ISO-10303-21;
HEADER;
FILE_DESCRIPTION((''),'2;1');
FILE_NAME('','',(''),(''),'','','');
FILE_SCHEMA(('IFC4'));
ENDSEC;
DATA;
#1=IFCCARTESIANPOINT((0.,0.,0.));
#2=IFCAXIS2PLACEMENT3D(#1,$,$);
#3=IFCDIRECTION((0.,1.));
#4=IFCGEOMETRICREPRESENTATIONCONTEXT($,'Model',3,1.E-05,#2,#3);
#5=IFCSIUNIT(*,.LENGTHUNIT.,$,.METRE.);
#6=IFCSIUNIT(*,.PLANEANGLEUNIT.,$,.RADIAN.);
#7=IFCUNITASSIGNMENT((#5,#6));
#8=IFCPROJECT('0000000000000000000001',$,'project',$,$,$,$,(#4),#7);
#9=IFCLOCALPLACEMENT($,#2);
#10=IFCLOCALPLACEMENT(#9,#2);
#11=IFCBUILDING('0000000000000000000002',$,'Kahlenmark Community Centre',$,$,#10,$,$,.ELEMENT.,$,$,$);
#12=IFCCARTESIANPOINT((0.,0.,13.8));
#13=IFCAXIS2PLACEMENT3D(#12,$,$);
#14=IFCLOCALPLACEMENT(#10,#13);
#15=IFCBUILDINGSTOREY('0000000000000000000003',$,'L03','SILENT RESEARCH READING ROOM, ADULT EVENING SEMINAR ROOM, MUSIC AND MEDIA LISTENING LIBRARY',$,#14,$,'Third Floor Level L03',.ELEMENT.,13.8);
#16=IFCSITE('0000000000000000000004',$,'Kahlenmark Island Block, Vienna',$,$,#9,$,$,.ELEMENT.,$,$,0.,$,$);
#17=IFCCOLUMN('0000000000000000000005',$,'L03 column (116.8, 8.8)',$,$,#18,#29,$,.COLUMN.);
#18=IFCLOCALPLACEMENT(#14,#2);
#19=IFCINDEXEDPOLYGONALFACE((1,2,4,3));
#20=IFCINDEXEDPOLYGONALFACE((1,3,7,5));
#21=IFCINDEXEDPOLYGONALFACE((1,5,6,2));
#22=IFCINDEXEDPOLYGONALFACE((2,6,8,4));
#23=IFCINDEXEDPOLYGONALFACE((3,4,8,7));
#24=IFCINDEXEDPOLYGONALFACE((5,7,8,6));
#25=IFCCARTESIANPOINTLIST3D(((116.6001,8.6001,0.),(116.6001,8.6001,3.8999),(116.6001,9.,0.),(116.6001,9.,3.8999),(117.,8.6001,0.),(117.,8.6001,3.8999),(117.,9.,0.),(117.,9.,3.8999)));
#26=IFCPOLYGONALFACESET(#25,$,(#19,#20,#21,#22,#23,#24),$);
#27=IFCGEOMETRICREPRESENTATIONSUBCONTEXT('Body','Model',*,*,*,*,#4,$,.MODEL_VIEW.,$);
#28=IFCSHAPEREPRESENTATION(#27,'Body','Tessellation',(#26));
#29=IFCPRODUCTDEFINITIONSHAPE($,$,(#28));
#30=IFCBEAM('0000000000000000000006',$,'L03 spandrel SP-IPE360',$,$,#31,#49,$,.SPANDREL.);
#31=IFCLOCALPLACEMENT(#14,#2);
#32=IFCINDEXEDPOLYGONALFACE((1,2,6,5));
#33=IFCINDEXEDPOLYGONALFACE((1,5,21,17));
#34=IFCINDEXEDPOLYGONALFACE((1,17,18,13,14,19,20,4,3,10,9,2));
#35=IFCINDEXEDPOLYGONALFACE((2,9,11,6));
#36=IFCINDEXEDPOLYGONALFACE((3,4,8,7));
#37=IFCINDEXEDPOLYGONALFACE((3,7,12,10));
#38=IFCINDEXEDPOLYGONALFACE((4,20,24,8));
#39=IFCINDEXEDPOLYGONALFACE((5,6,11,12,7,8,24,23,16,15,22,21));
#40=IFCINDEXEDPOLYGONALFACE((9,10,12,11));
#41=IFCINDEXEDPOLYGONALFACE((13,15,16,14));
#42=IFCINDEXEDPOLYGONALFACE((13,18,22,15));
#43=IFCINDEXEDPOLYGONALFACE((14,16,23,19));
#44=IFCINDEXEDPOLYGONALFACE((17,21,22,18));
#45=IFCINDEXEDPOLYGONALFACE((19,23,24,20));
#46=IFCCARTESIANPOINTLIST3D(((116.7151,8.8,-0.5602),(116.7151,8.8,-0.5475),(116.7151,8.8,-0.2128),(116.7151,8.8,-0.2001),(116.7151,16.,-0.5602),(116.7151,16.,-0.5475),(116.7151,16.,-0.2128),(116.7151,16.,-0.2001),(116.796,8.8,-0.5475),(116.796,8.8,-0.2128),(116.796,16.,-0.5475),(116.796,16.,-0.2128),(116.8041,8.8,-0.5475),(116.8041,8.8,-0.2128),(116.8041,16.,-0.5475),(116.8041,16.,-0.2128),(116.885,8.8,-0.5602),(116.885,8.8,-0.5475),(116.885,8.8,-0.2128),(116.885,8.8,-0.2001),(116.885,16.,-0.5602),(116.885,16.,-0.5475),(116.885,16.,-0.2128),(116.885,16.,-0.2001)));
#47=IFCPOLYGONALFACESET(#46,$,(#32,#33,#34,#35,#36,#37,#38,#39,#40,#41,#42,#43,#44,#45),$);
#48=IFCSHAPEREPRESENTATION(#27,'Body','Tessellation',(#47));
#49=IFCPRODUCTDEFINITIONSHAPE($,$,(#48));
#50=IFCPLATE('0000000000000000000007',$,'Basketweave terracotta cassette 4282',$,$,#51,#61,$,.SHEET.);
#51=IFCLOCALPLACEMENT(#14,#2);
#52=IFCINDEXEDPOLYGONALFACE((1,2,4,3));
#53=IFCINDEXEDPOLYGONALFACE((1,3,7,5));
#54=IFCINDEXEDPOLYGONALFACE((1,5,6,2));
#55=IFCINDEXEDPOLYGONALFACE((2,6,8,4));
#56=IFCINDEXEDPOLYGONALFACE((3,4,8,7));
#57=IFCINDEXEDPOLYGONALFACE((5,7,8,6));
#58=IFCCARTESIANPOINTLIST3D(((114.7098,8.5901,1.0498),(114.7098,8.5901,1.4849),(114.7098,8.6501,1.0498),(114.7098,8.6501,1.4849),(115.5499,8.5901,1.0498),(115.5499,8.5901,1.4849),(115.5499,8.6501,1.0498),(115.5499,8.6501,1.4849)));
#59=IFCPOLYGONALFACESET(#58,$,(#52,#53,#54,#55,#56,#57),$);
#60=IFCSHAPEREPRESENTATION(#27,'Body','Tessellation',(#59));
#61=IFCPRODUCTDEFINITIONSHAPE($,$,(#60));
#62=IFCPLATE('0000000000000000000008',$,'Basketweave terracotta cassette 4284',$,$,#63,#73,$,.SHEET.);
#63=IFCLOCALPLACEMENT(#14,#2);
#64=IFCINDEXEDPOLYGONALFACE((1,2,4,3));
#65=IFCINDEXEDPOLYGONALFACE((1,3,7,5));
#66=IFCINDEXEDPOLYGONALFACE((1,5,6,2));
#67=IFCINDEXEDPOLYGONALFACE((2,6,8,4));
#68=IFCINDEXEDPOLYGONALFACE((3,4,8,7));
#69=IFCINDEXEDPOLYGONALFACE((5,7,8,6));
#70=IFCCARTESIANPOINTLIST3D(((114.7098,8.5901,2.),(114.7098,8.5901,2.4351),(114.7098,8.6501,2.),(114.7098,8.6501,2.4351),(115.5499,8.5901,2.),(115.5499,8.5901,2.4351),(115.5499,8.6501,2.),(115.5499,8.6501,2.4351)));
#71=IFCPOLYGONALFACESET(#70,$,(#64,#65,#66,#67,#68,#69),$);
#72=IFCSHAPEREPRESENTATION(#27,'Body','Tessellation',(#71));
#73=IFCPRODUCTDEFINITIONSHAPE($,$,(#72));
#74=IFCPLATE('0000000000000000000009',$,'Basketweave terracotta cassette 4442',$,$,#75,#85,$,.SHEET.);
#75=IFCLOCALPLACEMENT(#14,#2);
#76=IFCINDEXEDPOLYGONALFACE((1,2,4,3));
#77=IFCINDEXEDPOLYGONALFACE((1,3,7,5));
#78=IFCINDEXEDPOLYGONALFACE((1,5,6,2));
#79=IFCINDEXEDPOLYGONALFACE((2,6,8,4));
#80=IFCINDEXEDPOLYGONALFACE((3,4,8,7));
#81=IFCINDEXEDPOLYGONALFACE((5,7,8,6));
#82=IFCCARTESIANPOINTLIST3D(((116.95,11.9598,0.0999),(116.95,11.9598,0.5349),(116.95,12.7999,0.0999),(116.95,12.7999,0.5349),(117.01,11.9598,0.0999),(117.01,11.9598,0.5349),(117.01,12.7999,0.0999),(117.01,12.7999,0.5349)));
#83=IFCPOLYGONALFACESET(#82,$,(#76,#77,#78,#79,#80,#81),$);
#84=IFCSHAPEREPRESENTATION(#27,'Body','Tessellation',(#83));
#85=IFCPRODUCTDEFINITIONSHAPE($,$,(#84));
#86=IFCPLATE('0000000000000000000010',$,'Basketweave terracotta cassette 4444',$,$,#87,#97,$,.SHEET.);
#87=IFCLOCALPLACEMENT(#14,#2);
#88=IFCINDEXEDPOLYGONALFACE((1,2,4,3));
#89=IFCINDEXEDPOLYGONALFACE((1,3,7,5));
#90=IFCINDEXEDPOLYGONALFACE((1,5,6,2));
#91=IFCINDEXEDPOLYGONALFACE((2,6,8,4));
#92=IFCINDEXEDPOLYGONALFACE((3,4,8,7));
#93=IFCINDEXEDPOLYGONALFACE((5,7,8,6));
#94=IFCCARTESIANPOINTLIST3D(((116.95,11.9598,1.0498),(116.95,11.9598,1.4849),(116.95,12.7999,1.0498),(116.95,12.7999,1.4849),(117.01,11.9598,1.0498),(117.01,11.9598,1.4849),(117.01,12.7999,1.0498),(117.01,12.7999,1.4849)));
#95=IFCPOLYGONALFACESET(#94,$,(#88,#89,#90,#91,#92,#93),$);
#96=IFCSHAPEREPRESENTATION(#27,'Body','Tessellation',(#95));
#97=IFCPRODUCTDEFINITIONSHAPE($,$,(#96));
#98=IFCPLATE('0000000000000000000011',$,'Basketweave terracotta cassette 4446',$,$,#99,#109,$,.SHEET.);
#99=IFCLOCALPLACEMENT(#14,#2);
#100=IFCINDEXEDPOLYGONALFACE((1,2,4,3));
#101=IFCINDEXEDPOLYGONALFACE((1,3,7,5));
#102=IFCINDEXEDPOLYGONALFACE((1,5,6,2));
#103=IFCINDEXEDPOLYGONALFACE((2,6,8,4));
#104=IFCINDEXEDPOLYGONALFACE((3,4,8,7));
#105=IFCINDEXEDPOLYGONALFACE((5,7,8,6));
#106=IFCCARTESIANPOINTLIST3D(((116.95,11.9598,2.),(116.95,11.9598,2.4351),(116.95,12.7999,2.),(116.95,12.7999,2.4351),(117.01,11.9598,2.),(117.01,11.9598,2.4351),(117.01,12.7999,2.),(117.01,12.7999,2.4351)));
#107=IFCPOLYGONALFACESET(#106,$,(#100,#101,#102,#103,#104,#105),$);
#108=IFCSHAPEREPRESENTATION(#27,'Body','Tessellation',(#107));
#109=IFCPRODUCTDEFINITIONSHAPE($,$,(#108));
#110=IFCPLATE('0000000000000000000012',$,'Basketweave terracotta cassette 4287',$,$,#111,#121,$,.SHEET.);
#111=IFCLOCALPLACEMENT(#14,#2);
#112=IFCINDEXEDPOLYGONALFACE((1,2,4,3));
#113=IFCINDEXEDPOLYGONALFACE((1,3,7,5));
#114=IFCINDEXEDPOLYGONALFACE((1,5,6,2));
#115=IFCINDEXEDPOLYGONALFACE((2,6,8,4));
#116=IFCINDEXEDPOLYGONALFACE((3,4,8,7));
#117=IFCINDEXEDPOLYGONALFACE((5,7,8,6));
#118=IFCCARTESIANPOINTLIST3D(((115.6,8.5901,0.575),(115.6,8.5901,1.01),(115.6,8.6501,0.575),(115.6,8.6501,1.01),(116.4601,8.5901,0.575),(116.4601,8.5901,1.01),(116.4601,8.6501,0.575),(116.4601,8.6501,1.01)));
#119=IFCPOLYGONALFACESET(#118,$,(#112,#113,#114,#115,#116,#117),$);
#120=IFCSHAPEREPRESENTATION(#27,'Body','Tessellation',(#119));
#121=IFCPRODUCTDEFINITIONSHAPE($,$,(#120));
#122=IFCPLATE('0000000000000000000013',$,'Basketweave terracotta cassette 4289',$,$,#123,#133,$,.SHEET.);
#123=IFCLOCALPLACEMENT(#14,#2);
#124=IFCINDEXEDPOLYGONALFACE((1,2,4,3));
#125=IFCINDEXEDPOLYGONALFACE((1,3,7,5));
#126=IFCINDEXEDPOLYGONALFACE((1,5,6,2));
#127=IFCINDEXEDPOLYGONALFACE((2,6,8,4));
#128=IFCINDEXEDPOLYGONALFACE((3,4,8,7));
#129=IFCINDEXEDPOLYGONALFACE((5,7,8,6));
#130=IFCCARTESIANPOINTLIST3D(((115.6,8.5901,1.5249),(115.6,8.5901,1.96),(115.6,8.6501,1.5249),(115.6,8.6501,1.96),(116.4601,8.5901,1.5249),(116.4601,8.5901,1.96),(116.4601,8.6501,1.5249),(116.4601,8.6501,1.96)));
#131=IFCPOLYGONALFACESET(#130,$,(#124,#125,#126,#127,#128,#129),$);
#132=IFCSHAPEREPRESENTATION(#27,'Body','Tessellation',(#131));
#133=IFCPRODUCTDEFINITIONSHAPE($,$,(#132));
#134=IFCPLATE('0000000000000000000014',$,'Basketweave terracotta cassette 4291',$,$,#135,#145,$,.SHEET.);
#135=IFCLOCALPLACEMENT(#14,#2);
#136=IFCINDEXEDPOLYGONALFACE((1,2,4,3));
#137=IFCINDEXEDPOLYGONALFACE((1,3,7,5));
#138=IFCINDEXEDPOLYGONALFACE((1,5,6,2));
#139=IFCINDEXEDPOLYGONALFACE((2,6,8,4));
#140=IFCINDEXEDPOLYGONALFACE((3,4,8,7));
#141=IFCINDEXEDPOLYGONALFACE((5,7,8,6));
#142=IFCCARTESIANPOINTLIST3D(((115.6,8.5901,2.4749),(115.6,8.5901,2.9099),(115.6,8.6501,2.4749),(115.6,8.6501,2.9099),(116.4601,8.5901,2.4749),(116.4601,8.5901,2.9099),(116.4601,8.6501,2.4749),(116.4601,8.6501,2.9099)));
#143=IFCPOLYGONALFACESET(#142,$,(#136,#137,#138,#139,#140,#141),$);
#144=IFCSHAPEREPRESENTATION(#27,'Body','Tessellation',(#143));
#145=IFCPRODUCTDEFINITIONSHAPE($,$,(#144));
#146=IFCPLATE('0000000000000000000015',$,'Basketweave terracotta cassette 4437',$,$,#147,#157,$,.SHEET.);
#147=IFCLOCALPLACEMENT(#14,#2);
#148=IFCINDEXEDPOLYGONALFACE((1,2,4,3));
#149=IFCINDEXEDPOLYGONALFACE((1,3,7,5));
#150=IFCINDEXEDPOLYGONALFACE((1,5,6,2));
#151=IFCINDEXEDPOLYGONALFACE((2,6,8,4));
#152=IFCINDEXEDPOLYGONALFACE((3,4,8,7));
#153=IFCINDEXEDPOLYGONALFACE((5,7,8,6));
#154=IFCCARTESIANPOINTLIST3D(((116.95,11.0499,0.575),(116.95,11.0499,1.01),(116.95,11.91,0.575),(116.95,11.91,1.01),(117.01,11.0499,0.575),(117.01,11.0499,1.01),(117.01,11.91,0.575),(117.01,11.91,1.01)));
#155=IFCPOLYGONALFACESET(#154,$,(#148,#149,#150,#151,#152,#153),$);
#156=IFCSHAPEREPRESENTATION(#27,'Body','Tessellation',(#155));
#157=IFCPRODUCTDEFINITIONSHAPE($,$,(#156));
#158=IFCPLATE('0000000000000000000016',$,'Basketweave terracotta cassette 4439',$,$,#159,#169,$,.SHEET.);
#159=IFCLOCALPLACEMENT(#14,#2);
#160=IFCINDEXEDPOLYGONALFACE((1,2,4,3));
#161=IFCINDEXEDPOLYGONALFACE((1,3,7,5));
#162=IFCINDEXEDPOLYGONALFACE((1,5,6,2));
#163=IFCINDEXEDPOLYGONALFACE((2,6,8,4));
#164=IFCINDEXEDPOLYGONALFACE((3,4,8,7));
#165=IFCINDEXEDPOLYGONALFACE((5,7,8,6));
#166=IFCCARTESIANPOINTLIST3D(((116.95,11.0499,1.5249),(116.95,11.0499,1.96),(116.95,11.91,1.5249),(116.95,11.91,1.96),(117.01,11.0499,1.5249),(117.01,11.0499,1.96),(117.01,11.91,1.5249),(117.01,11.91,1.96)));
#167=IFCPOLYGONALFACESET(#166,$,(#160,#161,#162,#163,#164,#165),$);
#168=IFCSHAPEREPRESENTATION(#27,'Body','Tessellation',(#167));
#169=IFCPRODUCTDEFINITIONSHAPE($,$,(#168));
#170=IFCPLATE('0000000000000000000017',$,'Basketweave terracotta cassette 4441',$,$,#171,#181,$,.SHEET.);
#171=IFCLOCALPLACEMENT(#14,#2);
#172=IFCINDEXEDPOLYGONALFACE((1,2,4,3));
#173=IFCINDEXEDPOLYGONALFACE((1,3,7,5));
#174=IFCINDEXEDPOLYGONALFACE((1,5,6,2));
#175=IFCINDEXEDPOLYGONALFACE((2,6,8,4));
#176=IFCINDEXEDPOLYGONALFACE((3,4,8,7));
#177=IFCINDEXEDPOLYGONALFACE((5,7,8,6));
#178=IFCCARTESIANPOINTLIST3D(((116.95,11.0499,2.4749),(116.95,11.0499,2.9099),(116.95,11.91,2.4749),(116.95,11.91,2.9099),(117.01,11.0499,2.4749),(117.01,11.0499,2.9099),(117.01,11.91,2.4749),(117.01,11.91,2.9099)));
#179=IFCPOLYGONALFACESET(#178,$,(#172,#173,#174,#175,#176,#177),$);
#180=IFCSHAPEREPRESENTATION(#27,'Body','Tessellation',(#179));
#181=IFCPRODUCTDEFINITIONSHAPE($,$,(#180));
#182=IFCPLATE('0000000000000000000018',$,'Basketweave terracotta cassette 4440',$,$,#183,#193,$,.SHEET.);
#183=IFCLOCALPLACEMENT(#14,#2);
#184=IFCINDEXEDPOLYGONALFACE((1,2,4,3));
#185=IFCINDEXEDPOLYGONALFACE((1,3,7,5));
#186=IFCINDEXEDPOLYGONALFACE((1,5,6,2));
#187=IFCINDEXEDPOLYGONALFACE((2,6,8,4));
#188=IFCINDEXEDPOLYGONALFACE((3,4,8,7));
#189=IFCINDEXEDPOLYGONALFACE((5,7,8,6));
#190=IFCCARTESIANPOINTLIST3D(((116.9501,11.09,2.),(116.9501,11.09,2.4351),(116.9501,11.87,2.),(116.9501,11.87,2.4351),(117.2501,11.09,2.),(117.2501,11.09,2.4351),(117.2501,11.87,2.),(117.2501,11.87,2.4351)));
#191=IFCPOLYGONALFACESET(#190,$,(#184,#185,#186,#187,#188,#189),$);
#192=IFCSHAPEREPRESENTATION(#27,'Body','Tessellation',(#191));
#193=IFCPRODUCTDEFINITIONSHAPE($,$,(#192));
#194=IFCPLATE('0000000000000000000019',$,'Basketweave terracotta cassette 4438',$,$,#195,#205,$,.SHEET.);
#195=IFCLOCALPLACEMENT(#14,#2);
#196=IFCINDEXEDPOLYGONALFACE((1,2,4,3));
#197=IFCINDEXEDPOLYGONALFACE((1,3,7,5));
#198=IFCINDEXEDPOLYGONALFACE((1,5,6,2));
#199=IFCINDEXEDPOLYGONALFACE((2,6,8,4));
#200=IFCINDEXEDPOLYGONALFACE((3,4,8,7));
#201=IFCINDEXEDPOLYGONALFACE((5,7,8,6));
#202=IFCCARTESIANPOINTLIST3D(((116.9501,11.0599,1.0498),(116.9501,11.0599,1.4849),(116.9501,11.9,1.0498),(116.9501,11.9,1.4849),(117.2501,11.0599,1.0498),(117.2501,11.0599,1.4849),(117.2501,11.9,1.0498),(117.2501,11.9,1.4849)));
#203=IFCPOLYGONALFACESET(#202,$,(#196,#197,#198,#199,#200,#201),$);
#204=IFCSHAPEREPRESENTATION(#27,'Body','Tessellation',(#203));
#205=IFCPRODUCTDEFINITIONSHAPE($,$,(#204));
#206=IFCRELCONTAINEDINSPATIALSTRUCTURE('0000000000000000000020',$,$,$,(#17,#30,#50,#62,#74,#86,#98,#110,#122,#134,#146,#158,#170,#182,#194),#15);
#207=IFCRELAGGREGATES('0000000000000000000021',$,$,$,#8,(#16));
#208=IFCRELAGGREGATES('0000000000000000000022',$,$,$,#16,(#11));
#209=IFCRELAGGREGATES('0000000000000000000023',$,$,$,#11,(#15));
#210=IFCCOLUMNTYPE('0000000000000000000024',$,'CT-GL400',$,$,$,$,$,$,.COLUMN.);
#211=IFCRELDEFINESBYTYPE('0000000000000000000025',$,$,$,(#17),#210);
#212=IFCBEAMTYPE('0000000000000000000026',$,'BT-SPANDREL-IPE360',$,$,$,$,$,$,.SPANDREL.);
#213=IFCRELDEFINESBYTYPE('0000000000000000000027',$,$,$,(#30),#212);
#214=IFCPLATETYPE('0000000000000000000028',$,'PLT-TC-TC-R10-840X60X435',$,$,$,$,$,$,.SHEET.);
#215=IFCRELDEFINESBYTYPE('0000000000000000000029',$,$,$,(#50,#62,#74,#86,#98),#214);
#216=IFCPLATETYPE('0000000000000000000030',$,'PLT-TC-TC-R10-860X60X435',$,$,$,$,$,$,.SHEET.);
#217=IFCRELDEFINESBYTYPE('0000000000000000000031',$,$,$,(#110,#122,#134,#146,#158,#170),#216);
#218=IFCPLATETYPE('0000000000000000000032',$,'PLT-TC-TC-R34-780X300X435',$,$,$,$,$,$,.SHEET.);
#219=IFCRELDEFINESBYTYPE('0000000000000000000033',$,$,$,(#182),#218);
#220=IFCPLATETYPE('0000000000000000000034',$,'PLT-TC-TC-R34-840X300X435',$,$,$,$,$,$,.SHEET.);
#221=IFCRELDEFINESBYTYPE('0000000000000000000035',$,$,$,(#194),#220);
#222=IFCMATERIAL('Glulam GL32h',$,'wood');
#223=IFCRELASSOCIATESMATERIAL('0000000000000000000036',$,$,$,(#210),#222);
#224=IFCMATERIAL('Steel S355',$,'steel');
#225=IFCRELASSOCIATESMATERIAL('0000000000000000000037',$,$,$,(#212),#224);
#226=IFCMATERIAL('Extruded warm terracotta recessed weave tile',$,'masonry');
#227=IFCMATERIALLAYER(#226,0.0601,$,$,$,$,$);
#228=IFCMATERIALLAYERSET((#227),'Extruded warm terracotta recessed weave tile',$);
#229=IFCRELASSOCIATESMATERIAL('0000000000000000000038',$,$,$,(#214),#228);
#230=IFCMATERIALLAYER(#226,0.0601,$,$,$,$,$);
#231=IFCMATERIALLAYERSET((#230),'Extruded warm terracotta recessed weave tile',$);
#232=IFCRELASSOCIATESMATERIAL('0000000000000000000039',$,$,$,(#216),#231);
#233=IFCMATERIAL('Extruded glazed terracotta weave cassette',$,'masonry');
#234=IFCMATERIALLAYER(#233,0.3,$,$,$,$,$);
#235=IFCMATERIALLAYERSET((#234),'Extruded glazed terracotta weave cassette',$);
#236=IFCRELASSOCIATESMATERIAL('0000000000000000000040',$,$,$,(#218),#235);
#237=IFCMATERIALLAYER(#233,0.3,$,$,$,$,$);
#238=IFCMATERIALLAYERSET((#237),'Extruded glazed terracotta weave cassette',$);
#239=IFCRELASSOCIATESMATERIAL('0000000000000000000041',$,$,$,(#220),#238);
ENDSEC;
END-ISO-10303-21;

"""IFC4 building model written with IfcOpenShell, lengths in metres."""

from ifc_helpers import new_model, si_unit, direction, frame, origin, origin_2d, place, context, subcontext, project, spatial, rectangle, i_section, extrude, material, layer, layer_set, material_profile, profile_set, type_object, element, save


model = new_model("IFC4")

# Units and contexts
model_context = context("Model", 3, precision=1e-05, world=origin(), true_north=direction((0.0, 1.0)))
body_context = subcontext(model_context, "Body", "Model", "MODEL_VIEW")
ifc_project = project(units=[si_unit("LENGTHUNIT", "METRE"), si_unit("PLANEANGLEUNIT", "RADIAN")], contexts=[model_context])

# Site, building, storey
site_placement = place(None, origin())
site = spatial("IfcSite", under=ifc_project, at=site_placement, Name="Kahlenmark Island Block, Vienna", CompositionType="ELEMENT", RefElevation=0.0)
building_placement = place(site_placement, origin())
building = spatial("IfcBuilding", under=site, at=building_placement, Name="Kahlenmark Community Centre", CompositionType="ELEMENT")
storey_placement = place(building_placement, frame((0.0, 0.0, 13.8)))
storey = spatial("IfcBuildingStorey", under=building, at=storey_placement, Name="L03", Description="SILENT RESEARCH READING ROOM, ADULT EVENING SEMINAR ROOM, MUSIC AND MEDIA LISTENING LIBRARY", LongName="Third Floor Level L03", CompositionType="ELEMENT", Elevation=13.8)

# Column
ifc_material_1 = material(Name="Glulam GL32h", Category="wood")
ifc_material_profile_1 = material_profile(ifc_material_1, rectangle(XDim=0.3999, YDim=0.3999, at=origin_2d()), Name="GL32h 400x400")
ifc_profile_set_1 = profile_set([ifc_material_profile_1], Name="Glulam GL32h")
column_type = type_object("IfcColumnType", Name="CT-GL400", PredefinedType="COLUMN", material=ifc_profile_set_1)
column_placement = place(storey_placement, frame((116.8, 8.8, 0.0), z_axis=(0.0, 0.0, 1.0), x_axis=(1.0, 0.0, 0.0)))
element("IfcColumn", 1, at=column_placement, inside=storey, type_object=column_type, Name="L03 column (116.8, 8.8)", PredefinedType="COLUMN", context=body_context, shape_type="SweptSolid", body=[
    extrude(rectangle(XDim=0.3999, YDim=0.3999, at=origin_2d()), origin(), (0.0, 0.0, 1.0), 3.8999),
])

# Beam
ifc_material_2 = material(Name="Steel S355", Category="steel")
ifc_material_profile_2 = material_profile(ifc_material_2, i_section(OverallWidth=0.1699, OverallDepth=0.3601, WebThickness=0.0081, FlangeThickness=0.0127, at=origin_2d()), Name="IPE 360")
ifc_profile_set_2 = profile_set([ifc_material_profile_2], Name="Steel S355")
beam_type = type_object("IfcBeamType", Name="BT-SPANDREL-IPE360", PredefinedType="SPANDREL", material=ifc_profile_set_2)
beam_placement = place(storey_placement, frame((116.8, 8.8, -0.3801), z_axis=(0.0, 1.0, 0.0), x_axis=(-1.0, 0.0, 0.0)))
element("IfcBeam", 2, at=beam_placement, inside=storey, type_object=beam_type, Name="L03 spandrel SP-IPE360", PredefinedType="SPANDREL", context=body_context, shape_type="SweptSolid", body=[
    extrude(i_section(OverallWidth=0.1699, OverallDepth=0.3601, WebThickness=0.0081, FlangeThickness=0.0127, at=origin_2d()), origin(), (0.0, 0.0, 1.0), 7.2),
])

# Plates
ifc_material_3 = material(Name="Extruded warm terracotta recessed weave tile", Category="masonry")
ifc_layer_1 = layer(ifc_material_3, 0.0601)
ifc_layer_set_1 = layer_set([ifc_layer_1], Name="Extruded warm terracotta recessed weave tile")
plate_type_1 = type_object("IfcPlateType", Name="PLT-TC-TC-R10-840X60X435", PredefinedType="SHEET", material=ifc_layer_set_1)
for number, where, z_axis, x_axis, name in (
    (3, (115.1299, 8.6201, 1.0498), (0.0, 0.0, 1.0), (1.0, 0.0, 0.0), "Basketweave terracotta cassette 4282"),
    (4, (115.1299, 8.6201, 2.0), (0.0, 0.0, 1.0), (1.0, 0.0, 0.0), "Basketweave terracotta cassette 4284"),
    (5, (116.98, 12.3799, 0.0999), (0.0, 0.0, 1.0), (0.0, 1.0, 0.0), "Basketweave terracotta cassette 4442"),
    (6, (116.98, 12.3799, 1.0498), (0.0, 0.0, 1.0), (0.0, 1.0, 0.0), "Basketweave terracotta cassette 4444"),
    (7, (116.98, 12.3799, 2.0), (0.0, 0.0, 1.0), (0.0, 1.0, 0.0), "Basketweave terracotta cassette 4446"),
):
    element("IfcPlate", number, at=place(storey_placement, frame(where, z_axis=z_axis, x_axis=x_axis)), inside=storey, type_object=plate_type_1, Name=name, PredefinedType="SHEET", context=body_context, shape_type="SweptSolid", body=[
        extrude(rectangle(XDim=0.8401, YDim=0.0601, at=origin_2d()), origin(), (0.0, 0.0, 1.0), 0.4351),
    ])
ifc_layer_2 = layer(ifc_material_3, 0.0601)
ifc_layer_set_2 = layer_set([ifc_layer_2], Name="Extruded warm terracotta recessed weave tile")
plate_type_2 = type_object("IfcPlateType", Name="PLT-TC-TC-R10-860X60X435", PredefinedType="SHEET", material=ifc_layer_set_2)
for number, where, z_axis, x_axis, name in (
    (8, (116.03, 8.6201, 0.575), (0.0, 0.0, 1.0), (1.0, 0.0, 0.0), "Basketweave terracotta cassette 4287"),
    (9, (116.03, 8.6201, 1.5249), (0.0, 0.0, 1.0), (1.0, 0.0, 0.0), "Basketweave terracotta cassette 4289"),
    (10, (116.03, 8.6201, 2.4749), (0.0, 0.0, 1.0), (1.0, 0.0, 0.0), "Basketweave terracotta cassette 4291"),
    (11, (116.98, 11.48, 0.575), (0.0, 0.0, 1.0), (0.0, 1.0, 0.0), "Basketweave terracotta cassette 4437"),
    (12, (116.98, 11.48, 1.5249), (0.0, 0.0, 1.0), (0.0, 1.0, 0.0), "Basketweave terracotta cassette 4439"),
    (13, (116.98, 11.48, 2.4749), (0.0, 0.0, 1.0), (0.0, 1.0, 0.0), "Basketweave terracotta cassette 4441"),
):
    element("IfcPlate", number, at=place(storey_placement, frame(where, z_axis=z_axis, x_axis=x_axis)), inside=storey, type_object=plate_type_2, Name=name, PredefinedType="SHEET", context=body_context, shape_type="SweptSolid", body=[
        extrude(rectangle(XDim=0.8601, YDim=0.0601, at=origin_2d()), origin(), (0.0, 0.0, 1.0), 0.4351),
    ])
ifc_material_4 = material(Name="Extruded glazed terracotta weave cassette", Category="masonry")
ifc_layer_3 = layer(ifc_material_4, 0.3)
ifc_layer_set_3 = layer_set([ifc_layer_3], Name="Extruded glazed terracotta weave cassette")
plate_type_3 = type_object("IfcPlateType", Name="PLT-TC-TC-R34-780X300X435", PredefinedType="SHEET", material=ifc_layer_set_3)
plate_1_placement = place(storey_placement, frame((117.1001, 11.48, 2.0), z_axis=(0.0, 0.0, 1.0), x_axis=(0.0, 1.0, 0.0)))
element("IfcPlate", 14, at=plate_1_placement, inside=storey, type_object=plate_type_3, Name="Basketweave terracotta cassette 4440", PredefinedType="SHEET", context=body_context, shape_type="SweptSolid", body=[
    extrude(rectangle(XDim=0.78, YDim=0.3, at=origin_2d()), origin(), (0.0, 0.0, 1.0), 0.4351),
])
ifc_layer_4 = layer(ifc_material_4, 0.3)
ifc_layer_set_4 = layer_set([ifc_layer_4], Name="Extruded glazed terracotta weave cassette")
plate_type_4 = type_object("IfcPlateType", Name="PLT-TC-TC-R34-840X300X435", PredefinedType="SHEET", material=ifc_layer_set_4)
plate_2_placement = place(storey_placement, frame((117.1001, 11.48, 1.0498), z_axis=(0.0, 0.0, 1.0), x_axis=(0.0, 1.0, 0.0)))
element("IfcPlate", 15, at=plate_2_placement, inside=storey, type_object=plate_type_4, Name="Basketweave terracotta cassette 4438", PredefinedType="SHEET", context=body_context, shape_type="SweptSolid", body=[
    extrude(rectangle(XDim=0.8401, YDim=0.3, at=origin_2d()), origin(), (0.0, 0.0, 1.0), 0.4351),
])

save(model, "model.ifc")
